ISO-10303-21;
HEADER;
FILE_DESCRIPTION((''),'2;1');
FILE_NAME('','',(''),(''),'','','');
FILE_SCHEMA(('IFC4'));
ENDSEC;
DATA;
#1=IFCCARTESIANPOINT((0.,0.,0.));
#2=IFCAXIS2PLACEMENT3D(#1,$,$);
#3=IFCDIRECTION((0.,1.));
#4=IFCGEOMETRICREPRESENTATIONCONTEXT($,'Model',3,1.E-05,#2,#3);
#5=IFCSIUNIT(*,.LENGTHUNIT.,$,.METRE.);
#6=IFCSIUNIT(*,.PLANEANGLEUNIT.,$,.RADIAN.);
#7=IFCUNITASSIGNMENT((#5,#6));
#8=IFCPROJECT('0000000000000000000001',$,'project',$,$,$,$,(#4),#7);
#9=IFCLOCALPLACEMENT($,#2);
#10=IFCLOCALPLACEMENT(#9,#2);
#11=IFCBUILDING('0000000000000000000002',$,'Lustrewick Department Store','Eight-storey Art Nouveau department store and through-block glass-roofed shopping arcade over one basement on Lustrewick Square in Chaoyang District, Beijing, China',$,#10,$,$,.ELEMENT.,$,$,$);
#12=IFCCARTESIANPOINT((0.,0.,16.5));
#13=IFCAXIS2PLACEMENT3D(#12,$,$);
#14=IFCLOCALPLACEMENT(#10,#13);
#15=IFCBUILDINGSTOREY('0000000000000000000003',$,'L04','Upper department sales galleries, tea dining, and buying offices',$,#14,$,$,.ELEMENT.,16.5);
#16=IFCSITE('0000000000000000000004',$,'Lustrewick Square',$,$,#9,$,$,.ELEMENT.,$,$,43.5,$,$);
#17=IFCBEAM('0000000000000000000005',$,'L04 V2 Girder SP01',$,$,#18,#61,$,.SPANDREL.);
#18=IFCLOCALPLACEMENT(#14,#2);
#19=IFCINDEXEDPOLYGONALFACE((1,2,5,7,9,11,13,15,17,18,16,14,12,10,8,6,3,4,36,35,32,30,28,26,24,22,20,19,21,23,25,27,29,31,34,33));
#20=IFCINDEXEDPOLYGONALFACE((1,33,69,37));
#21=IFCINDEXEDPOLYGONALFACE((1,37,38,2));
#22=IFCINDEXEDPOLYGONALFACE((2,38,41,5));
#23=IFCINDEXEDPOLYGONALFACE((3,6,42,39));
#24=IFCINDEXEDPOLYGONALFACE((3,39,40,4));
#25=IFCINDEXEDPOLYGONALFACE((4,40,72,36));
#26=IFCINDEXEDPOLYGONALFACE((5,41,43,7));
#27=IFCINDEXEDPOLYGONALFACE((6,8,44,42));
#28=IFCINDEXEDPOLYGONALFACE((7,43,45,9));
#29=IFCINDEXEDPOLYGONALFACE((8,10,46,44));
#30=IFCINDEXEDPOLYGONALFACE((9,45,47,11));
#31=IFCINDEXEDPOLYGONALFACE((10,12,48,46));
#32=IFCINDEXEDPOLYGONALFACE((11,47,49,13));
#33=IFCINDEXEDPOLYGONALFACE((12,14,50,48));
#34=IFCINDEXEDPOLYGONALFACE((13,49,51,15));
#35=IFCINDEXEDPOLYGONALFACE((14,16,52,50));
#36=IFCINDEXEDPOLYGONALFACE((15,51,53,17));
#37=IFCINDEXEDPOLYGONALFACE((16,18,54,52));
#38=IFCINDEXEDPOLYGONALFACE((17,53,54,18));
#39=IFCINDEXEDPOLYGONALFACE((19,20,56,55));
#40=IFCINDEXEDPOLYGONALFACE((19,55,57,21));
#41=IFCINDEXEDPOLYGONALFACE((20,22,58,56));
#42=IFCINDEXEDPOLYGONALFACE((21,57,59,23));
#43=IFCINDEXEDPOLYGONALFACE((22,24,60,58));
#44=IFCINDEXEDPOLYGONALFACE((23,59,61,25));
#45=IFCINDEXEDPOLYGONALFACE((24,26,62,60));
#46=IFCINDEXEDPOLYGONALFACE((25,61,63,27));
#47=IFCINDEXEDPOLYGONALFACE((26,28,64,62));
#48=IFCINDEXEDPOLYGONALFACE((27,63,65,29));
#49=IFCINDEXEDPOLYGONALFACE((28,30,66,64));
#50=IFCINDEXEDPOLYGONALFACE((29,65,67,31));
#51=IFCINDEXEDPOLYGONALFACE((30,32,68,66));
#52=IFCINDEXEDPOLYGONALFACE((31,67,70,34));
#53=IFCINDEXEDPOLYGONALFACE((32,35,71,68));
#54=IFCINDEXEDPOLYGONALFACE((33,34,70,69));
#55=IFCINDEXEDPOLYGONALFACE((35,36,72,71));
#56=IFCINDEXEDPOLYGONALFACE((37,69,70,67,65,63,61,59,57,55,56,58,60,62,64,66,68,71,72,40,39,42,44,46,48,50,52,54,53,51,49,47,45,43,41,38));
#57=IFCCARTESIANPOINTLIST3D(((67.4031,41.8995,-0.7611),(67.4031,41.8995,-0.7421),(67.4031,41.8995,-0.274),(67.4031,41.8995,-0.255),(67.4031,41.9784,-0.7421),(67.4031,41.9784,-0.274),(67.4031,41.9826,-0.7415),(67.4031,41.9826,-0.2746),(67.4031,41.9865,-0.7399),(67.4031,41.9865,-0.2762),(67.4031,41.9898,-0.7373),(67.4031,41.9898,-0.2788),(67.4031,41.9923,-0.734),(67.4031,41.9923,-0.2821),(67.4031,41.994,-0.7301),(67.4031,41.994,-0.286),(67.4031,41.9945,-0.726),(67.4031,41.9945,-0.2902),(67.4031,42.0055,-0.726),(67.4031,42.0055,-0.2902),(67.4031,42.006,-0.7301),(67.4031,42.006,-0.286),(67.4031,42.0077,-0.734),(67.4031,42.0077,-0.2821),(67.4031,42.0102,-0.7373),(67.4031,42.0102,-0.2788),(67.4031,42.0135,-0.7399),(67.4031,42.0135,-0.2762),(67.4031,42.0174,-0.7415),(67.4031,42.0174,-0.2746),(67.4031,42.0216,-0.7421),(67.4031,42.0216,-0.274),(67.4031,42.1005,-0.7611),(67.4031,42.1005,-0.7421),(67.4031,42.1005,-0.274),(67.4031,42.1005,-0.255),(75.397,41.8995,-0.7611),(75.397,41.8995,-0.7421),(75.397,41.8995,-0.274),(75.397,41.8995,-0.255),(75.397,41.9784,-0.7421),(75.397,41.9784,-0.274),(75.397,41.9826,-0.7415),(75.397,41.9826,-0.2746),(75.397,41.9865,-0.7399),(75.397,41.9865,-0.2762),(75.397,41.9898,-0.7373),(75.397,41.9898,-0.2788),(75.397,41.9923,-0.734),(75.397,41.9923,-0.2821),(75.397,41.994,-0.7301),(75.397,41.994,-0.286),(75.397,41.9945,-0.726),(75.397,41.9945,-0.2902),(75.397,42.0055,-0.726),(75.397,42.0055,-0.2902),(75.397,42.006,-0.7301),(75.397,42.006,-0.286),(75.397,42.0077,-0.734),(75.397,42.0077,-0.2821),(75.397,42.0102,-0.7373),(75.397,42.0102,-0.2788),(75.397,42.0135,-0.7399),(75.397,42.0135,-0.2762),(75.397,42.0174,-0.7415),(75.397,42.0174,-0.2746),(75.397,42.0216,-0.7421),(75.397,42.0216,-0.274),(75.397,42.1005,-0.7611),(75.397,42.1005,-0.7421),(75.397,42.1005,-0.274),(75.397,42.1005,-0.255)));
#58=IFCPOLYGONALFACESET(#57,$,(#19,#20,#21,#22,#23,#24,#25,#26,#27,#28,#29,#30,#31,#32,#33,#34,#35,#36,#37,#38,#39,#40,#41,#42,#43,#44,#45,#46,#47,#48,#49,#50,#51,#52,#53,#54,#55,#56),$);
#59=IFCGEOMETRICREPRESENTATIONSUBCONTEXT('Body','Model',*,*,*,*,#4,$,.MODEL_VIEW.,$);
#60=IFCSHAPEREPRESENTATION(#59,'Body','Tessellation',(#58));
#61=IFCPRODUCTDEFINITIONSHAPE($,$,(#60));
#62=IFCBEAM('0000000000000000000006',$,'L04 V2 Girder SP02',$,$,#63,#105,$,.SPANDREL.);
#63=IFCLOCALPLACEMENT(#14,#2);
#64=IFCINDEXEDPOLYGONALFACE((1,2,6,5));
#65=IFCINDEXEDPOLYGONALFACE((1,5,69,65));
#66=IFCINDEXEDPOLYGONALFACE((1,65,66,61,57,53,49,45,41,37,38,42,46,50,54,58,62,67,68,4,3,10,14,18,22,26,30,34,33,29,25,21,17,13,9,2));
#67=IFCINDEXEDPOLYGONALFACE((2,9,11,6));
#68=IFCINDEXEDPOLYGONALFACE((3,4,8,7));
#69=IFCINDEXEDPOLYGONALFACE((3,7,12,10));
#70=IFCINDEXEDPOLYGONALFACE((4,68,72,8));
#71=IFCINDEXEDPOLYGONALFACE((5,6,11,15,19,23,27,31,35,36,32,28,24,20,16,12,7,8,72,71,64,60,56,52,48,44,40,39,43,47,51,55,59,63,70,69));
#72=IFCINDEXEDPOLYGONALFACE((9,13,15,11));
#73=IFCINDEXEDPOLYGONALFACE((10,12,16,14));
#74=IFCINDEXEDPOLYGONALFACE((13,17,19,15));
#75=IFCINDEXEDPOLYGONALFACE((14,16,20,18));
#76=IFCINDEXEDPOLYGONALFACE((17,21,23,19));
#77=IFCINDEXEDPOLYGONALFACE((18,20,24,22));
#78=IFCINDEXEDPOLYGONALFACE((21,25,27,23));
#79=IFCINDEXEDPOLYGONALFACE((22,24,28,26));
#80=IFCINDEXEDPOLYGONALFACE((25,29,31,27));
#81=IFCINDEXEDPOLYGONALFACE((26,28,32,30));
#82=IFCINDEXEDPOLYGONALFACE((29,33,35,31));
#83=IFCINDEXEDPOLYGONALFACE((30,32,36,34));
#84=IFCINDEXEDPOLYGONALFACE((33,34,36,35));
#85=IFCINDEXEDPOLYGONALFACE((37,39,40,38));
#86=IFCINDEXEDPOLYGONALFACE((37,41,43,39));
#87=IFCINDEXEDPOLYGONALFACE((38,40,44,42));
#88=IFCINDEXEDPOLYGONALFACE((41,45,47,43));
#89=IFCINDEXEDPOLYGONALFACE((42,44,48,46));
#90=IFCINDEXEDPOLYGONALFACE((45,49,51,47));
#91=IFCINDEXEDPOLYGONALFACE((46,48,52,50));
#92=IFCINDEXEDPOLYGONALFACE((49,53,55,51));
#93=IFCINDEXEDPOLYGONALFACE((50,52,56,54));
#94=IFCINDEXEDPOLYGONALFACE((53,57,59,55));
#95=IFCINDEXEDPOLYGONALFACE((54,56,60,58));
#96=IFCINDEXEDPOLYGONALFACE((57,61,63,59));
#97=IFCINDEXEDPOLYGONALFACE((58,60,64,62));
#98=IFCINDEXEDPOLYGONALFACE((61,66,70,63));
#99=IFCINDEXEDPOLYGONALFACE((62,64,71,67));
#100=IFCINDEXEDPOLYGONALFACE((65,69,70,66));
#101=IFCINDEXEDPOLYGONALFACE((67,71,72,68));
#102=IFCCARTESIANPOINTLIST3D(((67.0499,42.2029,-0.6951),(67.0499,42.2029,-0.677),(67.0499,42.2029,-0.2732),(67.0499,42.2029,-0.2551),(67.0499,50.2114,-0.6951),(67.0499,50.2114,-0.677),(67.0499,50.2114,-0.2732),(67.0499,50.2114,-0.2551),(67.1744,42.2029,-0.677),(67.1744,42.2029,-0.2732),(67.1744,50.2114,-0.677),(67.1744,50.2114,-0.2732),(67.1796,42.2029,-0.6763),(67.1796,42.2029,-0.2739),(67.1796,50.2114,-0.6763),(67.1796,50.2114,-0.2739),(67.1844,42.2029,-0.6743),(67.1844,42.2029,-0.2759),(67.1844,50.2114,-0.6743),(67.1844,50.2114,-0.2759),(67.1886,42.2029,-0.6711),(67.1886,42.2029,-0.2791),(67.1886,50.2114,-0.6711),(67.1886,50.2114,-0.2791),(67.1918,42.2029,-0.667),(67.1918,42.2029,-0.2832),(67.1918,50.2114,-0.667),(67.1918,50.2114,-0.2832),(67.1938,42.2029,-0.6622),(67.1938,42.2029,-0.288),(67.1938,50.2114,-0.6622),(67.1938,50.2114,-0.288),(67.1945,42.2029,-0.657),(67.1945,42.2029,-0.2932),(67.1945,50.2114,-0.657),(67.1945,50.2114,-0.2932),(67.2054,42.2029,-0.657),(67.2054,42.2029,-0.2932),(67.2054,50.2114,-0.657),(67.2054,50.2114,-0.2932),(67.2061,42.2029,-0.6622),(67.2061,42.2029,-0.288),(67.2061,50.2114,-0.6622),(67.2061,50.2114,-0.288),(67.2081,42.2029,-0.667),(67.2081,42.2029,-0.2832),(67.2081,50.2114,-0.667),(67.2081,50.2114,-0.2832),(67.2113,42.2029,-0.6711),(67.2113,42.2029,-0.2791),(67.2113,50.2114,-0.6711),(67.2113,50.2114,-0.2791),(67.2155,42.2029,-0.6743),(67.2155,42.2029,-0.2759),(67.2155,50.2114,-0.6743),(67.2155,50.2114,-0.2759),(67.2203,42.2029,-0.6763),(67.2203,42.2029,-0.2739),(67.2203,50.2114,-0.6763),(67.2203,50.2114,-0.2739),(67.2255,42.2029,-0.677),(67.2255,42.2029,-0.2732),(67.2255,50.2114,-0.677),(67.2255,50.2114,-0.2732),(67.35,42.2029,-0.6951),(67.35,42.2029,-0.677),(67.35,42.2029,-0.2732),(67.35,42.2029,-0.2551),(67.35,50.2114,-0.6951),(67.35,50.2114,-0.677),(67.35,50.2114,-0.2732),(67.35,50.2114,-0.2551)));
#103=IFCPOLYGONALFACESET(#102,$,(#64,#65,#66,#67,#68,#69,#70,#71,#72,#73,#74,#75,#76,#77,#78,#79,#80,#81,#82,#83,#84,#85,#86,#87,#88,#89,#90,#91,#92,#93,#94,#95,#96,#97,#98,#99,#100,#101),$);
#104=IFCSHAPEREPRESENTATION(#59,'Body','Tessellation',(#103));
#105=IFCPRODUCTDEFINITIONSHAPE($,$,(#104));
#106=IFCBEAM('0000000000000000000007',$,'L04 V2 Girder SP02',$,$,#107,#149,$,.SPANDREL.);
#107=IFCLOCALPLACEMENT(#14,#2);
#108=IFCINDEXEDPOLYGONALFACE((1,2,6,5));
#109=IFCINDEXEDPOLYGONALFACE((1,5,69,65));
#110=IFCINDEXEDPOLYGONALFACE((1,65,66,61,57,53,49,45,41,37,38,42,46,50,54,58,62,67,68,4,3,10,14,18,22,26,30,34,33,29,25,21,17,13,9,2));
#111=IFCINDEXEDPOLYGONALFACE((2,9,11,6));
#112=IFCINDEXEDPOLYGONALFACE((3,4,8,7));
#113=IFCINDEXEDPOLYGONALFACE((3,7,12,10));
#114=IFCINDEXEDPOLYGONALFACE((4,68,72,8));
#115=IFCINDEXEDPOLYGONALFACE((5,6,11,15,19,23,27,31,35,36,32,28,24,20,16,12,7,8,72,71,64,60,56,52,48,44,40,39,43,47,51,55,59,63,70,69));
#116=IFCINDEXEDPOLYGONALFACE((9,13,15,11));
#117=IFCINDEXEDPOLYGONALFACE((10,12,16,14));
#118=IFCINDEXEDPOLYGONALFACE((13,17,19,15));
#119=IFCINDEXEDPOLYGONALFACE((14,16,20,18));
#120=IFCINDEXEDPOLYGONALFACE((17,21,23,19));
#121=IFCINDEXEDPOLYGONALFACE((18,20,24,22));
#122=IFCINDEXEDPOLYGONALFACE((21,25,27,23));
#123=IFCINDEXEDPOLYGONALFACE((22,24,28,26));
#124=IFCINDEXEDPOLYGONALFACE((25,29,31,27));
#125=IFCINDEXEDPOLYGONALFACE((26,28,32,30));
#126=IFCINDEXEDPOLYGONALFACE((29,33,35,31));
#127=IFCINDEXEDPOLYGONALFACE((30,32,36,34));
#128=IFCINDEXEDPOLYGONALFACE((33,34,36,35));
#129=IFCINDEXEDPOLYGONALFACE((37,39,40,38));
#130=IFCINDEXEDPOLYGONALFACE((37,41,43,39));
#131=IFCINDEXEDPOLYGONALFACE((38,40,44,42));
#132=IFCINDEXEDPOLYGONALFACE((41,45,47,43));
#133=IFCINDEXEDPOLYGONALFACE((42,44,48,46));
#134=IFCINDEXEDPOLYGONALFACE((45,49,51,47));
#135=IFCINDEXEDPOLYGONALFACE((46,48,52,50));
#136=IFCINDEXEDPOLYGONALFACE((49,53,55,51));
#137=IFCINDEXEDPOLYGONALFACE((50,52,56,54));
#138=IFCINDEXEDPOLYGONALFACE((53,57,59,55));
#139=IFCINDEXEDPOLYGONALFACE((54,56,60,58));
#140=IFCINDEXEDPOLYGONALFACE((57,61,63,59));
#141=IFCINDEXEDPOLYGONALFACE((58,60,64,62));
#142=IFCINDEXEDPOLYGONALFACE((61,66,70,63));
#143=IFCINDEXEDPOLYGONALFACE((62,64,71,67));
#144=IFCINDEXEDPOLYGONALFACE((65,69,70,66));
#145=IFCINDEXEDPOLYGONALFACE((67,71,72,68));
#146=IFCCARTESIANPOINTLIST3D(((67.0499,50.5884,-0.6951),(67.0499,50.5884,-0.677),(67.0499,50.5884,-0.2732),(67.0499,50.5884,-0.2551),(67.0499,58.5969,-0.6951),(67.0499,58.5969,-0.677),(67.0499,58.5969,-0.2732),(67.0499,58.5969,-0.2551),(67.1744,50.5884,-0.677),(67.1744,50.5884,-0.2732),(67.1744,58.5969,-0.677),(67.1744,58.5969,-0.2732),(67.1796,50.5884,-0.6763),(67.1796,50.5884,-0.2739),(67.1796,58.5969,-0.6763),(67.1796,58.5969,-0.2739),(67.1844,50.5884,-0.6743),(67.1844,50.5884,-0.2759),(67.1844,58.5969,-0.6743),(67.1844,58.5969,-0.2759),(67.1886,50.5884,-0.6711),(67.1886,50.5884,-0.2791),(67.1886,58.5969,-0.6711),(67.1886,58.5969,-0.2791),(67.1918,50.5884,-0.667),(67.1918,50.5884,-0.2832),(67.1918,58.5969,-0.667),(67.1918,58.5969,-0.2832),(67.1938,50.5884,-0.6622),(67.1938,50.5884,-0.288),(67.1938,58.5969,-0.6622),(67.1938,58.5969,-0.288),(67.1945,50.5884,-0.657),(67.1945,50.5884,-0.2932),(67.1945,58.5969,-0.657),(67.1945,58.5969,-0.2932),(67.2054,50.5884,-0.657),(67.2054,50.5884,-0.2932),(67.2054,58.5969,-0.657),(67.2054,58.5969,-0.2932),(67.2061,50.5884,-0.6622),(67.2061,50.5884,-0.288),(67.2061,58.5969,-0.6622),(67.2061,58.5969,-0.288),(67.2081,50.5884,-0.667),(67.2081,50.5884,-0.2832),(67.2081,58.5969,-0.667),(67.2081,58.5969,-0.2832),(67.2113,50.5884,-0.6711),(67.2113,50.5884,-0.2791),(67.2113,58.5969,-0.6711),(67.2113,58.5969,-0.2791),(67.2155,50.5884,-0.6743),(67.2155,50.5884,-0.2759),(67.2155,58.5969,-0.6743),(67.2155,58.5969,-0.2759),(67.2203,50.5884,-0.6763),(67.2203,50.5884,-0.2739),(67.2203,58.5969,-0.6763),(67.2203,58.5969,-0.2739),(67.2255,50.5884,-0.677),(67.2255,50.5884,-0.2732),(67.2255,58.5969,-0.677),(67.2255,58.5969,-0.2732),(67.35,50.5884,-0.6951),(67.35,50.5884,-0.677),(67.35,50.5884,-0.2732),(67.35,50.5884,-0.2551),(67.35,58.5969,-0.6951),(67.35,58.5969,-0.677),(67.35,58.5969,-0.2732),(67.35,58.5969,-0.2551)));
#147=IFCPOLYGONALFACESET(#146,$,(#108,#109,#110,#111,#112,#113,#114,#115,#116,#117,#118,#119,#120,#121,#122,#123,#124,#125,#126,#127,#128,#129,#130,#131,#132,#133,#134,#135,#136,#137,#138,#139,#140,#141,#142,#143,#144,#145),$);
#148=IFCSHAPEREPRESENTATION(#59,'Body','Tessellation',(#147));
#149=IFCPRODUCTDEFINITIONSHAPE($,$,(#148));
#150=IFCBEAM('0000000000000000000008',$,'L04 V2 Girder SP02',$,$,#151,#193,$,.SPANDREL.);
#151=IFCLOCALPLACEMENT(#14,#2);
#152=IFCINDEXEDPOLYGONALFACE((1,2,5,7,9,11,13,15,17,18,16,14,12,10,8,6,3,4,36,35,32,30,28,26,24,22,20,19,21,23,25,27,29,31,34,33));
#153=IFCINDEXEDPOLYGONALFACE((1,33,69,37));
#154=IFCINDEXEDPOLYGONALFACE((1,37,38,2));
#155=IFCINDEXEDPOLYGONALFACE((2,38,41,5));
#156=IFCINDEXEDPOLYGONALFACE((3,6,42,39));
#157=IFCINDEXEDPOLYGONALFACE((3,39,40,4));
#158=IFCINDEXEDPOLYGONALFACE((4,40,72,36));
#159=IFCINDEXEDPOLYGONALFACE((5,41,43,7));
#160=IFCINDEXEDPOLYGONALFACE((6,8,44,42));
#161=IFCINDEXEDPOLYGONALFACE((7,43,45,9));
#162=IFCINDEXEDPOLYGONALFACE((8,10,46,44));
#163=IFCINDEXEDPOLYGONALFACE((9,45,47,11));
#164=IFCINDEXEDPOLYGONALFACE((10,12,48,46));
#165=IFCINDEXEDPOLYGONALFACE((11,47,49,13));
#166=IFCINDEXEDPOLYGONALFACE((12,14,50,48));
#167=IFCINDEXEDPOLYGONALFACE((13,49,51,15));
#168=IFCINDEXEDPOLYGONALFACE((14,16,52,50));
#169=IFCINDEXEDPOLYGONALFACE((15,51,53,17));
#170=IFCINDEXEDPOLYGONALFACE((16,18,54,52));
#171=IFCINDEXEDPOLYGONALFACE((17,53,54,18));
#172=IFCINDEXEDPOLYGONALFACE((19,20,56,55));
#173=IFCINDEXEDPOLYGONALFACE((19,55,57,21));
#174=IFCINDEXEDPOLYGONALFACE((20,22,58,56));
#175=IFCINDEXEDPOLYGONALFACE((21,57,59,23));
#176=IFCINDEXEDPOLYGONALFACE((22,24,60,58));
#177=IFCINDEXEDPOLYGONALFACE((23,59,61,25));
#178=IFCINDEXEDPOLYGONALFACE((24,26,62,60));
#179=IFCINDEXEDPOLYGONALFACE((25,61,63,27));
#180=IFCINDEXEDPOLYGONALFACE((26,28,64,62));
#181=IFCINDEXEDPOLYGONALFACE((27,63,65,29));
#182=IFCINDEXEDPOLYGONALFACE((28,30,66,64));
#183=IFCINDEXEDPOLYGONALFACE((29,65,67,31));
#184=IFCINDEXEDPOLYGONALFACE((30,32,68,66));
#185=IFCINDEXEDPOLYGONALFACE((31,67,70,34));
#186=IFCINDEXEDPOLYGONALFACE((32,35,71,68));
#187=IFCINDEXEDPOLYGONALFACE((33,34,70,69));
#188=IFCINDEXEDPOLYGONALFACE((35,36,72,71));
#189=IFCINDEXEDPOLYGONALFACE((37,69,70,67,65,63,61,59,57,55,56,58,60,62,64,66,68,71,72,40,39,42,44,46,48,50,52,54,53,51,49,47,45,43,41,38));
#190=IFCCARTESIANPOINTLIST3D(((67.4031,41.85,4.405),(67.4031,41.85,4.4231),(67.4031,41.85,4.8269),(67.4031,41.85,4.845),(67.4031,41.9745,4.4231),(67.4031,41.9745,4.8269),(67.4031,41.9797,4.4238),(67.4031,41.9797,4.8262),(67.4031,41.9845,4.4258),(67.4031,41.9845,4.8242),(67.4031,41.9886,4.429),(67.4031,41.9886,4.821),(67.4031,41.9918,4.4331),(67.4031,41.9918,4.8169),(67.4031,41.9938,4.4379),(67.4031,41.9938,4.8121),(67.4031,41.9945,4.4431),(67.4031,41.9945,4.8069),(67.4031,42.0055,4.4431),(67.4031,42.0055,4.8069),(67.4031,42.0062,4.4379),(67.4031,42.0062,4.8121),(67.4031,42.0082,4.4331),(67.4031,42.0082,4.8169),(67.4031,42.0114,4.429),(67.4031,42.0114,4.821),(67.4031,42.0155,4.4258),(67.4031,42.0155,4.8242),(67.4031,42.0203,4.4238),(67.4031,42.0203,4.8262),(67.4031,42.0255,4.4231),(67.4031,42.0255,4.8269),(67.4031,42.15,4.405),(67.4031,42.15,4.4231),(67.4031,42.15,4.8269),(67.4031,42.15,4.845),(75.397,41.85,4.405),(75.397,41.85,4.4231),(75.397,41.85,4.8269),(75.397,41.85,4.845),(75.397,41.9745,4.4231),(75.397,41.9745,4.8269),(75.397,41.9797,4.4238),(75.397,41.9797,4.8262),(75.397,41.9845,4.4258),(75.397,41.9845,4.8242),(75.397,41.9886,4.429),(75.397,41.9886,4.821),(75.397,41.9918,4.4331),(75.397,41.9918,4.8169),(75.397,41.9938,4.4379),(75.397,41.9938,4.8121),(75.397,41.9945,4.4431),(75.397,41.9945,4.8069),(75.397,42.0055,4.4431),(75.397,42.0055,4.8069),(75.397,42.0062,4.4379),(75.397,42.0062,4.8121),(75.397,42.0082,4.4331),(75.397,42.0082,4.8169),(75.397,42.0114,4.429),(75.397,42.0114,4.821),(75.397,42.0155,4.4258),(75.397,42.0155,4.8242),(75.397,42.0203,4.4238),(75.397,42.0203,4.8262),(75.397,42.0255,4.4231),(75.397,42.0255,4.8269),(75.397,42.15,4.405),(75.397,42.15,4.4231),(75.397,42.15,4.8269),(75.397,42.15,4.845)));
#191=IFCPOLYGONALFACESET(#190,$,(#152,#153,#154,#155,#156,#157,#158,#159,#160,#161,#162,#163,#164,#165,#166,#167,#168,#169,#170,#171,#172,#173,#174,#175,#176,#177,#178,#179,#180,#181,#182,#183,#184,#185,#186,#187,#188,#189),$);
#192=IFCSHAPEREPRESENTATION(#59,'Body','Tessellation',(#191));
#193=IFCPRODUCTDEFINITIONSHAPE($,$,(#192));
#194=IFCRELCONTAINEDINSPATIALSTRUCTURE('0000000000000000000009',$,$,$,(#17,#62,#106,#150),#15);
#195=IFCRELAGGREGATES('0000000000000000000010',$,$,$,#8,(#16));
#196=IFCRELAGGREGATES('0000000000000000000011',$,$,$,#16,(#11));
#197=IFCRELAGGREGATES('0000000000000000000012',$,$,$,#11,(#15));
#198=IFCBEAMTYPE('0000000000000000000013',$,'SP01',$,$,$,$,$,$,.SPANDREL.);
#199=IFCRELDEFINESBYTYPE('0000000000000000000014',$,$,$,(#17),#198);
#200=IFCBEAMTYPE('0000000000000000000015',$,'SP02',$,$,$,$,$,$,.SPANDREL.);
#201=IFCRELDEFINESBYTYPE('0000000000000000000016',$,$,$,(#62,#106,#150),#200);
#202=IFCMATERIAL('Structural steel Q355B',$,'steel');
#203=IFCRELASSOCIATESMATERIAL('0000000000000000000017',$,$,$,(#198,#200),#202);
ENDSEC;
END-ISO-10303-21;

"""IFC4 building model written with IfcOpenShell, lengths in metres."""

from ifc_helpers import new_model, si_unit, direction, frame, origin, origin_2d, place, context, subcontext, project, spatial, i_section, extrude, material, material_profile, profile_set, type_object, element, save


model = new_model("IFC4")

# Units and contexts
model_context = context("Model", 3, precision=1e-05, world=origin(), true_north=direction((0.0, 1.0)))
body_context = subcontext(model_context, "Body", "Model", "MODEL_VIEW")
ifc_project = project(units=[si_unit("LENGTHUNIT", "METRE"), si_unit("PLANEANGLEUNIT", "RADIAN")], contexts=[model_context])

# Site, building, storey
site_placement = place(None, origin())
site = spatial("IfcSite", under=ifc_project, at=site_placement, Name="Lustrewick Square", CompositionType="ELEMENT", RefElevation=43.5)
building_placement = place(site_placement, origin())
building = spatial("IfcBuilding", under=site, at=building_placement, Name="Lustrewick Department Store", Description="Eight-storey Art Nouveau department store and through-block glass-roofed shopping arcade over one basement on Lustrewick Square in Chaoyang District, Beijing, China", CompositionType="ELEMENT")
storey_placement = place(building_placement, frame((0.0, 0.0, 16.5)))
storey = spatial("IfcBuildingStorey", under=building, at=storey_placement, Name="L04", Description="Upper department sales galleries, tea dining, and buying offices", CompositionType="ELEMENT", Elevation=16.5)

# Shared definitions
ifc_material_1 = material(Name="Structural steel Q355B", Category="steel")

# Beams
ifc_material_profile_1 = material_profile(ifc_material_1, i_section(OverallWidth=0.2009, OverallDepth=0.5061, WebThickness=0.011, FlangeThickness=0.019, FilletRadius=0.0161, at=origin_2d()), Name="HN 506x201x11x19")
ifc_profile_set_1 = profile_set([ifc_material_profile_1], Name="Structural steel Q355B")
beam_type_1 = type_object("IfcBeamType", Name="SP01", PredefinedType="SPANDREL", material=ifc_profile_set_1)
beam_1_placement = place(storey_placement, frame((67.4031, 42.0, -0.5081), z_axis=(1.0, 0.0, 0.0), x_axis=(0.0, 1.0, 0.0)))
element("IfcBeam", 1, at=beam_1_placement, inside=storey, type_object=beam_type_1, Name="L04 V2 Girder SP01", PredefinedType="SPANDREL", context=body_context, shape_type="SweptSolid", body=[
    extrude(i_section(OverallWidth=0.2009, OverallDepth=0.5061, WebThickness=0.011, FlangeThickness=0.019, FilletRadius=0.0161, at=origin_2d()), origin(), (0.0, 0.0, 1.0), 7.9939),
])
ifc_material_profile_2 = material_profile(ifc_material_1, i_section(OverallWidth=0.3, OverallDepth=0.4399, WebThickness=0.011, FlangeThickness=0.0181, FilletRadius=0.02, at=origin_2d()), Name="HM 440x300x11x18")
ifc_profile_set_2 = profile_set([ifc_material_profile_2], Name="Structural steel Q355B")
beam_type_2 = type_object("IfcBeamType", Name="SP02", PredefinedType="SPANDREL", material=ifc_profile_set_2)
for number, where, z_axis, x_axis, name in (
    (2, (67.2, 42.2029, -0.4751), (0.0, 1.0, 0.0), (-1.0, 0.0, 0.0), "L04 V2 Girder SP02"),
    (3, (67.2, 50.5884, -0.4751), (0.0, 1.0, 0.0), (-1.0, 0.0, 0.0), "L04 V2 Girder SP02"),
):
    element("IfcBeam", number, at=place(storey_placement, frame(where, z_axis=z_axis, x_axis=x_axis)), inside=storey, type_object=beam_type_2, Name=name, PredefinedType="SPANDREL", context=body_context, shape_type="SweptSolid", body=[
        extrude(i_section(OverallWidth=0.3, OverallDepth=0.4399, WebThickness=0.011, FlangeThickness=0.0181, FilletRadius=0.02, at=origin_2d()), origin(), (0.0, 0.0, 1.0), 8.0085),
    ])
beam_2_placement = place(storey_placement, frame((67.4031, 42.0, 4.625), z_axis=(1.0, 0.0, 0.0), x_axis=(0.0, 1.0, 0.0)))
element("IfcBeam", 4, at=beam_2_placement, inside=storey, type_object=beam_type_2, Name="L04 V2 Girder SP02", PredefinedType="SPANDREL", context=body_context, shape_type="SweptSolid", body=[
    extrude(i_section(OverallWidth=0.3, OverallDepth=0.4399, WebThickness=0.011, FlangeThickness=0.0181, FilletRadius=0.02, at=origin_2d()), origin(), (0.0, 0.0, 1.0), 7.9939),
])

save(model, "model.ifc")
